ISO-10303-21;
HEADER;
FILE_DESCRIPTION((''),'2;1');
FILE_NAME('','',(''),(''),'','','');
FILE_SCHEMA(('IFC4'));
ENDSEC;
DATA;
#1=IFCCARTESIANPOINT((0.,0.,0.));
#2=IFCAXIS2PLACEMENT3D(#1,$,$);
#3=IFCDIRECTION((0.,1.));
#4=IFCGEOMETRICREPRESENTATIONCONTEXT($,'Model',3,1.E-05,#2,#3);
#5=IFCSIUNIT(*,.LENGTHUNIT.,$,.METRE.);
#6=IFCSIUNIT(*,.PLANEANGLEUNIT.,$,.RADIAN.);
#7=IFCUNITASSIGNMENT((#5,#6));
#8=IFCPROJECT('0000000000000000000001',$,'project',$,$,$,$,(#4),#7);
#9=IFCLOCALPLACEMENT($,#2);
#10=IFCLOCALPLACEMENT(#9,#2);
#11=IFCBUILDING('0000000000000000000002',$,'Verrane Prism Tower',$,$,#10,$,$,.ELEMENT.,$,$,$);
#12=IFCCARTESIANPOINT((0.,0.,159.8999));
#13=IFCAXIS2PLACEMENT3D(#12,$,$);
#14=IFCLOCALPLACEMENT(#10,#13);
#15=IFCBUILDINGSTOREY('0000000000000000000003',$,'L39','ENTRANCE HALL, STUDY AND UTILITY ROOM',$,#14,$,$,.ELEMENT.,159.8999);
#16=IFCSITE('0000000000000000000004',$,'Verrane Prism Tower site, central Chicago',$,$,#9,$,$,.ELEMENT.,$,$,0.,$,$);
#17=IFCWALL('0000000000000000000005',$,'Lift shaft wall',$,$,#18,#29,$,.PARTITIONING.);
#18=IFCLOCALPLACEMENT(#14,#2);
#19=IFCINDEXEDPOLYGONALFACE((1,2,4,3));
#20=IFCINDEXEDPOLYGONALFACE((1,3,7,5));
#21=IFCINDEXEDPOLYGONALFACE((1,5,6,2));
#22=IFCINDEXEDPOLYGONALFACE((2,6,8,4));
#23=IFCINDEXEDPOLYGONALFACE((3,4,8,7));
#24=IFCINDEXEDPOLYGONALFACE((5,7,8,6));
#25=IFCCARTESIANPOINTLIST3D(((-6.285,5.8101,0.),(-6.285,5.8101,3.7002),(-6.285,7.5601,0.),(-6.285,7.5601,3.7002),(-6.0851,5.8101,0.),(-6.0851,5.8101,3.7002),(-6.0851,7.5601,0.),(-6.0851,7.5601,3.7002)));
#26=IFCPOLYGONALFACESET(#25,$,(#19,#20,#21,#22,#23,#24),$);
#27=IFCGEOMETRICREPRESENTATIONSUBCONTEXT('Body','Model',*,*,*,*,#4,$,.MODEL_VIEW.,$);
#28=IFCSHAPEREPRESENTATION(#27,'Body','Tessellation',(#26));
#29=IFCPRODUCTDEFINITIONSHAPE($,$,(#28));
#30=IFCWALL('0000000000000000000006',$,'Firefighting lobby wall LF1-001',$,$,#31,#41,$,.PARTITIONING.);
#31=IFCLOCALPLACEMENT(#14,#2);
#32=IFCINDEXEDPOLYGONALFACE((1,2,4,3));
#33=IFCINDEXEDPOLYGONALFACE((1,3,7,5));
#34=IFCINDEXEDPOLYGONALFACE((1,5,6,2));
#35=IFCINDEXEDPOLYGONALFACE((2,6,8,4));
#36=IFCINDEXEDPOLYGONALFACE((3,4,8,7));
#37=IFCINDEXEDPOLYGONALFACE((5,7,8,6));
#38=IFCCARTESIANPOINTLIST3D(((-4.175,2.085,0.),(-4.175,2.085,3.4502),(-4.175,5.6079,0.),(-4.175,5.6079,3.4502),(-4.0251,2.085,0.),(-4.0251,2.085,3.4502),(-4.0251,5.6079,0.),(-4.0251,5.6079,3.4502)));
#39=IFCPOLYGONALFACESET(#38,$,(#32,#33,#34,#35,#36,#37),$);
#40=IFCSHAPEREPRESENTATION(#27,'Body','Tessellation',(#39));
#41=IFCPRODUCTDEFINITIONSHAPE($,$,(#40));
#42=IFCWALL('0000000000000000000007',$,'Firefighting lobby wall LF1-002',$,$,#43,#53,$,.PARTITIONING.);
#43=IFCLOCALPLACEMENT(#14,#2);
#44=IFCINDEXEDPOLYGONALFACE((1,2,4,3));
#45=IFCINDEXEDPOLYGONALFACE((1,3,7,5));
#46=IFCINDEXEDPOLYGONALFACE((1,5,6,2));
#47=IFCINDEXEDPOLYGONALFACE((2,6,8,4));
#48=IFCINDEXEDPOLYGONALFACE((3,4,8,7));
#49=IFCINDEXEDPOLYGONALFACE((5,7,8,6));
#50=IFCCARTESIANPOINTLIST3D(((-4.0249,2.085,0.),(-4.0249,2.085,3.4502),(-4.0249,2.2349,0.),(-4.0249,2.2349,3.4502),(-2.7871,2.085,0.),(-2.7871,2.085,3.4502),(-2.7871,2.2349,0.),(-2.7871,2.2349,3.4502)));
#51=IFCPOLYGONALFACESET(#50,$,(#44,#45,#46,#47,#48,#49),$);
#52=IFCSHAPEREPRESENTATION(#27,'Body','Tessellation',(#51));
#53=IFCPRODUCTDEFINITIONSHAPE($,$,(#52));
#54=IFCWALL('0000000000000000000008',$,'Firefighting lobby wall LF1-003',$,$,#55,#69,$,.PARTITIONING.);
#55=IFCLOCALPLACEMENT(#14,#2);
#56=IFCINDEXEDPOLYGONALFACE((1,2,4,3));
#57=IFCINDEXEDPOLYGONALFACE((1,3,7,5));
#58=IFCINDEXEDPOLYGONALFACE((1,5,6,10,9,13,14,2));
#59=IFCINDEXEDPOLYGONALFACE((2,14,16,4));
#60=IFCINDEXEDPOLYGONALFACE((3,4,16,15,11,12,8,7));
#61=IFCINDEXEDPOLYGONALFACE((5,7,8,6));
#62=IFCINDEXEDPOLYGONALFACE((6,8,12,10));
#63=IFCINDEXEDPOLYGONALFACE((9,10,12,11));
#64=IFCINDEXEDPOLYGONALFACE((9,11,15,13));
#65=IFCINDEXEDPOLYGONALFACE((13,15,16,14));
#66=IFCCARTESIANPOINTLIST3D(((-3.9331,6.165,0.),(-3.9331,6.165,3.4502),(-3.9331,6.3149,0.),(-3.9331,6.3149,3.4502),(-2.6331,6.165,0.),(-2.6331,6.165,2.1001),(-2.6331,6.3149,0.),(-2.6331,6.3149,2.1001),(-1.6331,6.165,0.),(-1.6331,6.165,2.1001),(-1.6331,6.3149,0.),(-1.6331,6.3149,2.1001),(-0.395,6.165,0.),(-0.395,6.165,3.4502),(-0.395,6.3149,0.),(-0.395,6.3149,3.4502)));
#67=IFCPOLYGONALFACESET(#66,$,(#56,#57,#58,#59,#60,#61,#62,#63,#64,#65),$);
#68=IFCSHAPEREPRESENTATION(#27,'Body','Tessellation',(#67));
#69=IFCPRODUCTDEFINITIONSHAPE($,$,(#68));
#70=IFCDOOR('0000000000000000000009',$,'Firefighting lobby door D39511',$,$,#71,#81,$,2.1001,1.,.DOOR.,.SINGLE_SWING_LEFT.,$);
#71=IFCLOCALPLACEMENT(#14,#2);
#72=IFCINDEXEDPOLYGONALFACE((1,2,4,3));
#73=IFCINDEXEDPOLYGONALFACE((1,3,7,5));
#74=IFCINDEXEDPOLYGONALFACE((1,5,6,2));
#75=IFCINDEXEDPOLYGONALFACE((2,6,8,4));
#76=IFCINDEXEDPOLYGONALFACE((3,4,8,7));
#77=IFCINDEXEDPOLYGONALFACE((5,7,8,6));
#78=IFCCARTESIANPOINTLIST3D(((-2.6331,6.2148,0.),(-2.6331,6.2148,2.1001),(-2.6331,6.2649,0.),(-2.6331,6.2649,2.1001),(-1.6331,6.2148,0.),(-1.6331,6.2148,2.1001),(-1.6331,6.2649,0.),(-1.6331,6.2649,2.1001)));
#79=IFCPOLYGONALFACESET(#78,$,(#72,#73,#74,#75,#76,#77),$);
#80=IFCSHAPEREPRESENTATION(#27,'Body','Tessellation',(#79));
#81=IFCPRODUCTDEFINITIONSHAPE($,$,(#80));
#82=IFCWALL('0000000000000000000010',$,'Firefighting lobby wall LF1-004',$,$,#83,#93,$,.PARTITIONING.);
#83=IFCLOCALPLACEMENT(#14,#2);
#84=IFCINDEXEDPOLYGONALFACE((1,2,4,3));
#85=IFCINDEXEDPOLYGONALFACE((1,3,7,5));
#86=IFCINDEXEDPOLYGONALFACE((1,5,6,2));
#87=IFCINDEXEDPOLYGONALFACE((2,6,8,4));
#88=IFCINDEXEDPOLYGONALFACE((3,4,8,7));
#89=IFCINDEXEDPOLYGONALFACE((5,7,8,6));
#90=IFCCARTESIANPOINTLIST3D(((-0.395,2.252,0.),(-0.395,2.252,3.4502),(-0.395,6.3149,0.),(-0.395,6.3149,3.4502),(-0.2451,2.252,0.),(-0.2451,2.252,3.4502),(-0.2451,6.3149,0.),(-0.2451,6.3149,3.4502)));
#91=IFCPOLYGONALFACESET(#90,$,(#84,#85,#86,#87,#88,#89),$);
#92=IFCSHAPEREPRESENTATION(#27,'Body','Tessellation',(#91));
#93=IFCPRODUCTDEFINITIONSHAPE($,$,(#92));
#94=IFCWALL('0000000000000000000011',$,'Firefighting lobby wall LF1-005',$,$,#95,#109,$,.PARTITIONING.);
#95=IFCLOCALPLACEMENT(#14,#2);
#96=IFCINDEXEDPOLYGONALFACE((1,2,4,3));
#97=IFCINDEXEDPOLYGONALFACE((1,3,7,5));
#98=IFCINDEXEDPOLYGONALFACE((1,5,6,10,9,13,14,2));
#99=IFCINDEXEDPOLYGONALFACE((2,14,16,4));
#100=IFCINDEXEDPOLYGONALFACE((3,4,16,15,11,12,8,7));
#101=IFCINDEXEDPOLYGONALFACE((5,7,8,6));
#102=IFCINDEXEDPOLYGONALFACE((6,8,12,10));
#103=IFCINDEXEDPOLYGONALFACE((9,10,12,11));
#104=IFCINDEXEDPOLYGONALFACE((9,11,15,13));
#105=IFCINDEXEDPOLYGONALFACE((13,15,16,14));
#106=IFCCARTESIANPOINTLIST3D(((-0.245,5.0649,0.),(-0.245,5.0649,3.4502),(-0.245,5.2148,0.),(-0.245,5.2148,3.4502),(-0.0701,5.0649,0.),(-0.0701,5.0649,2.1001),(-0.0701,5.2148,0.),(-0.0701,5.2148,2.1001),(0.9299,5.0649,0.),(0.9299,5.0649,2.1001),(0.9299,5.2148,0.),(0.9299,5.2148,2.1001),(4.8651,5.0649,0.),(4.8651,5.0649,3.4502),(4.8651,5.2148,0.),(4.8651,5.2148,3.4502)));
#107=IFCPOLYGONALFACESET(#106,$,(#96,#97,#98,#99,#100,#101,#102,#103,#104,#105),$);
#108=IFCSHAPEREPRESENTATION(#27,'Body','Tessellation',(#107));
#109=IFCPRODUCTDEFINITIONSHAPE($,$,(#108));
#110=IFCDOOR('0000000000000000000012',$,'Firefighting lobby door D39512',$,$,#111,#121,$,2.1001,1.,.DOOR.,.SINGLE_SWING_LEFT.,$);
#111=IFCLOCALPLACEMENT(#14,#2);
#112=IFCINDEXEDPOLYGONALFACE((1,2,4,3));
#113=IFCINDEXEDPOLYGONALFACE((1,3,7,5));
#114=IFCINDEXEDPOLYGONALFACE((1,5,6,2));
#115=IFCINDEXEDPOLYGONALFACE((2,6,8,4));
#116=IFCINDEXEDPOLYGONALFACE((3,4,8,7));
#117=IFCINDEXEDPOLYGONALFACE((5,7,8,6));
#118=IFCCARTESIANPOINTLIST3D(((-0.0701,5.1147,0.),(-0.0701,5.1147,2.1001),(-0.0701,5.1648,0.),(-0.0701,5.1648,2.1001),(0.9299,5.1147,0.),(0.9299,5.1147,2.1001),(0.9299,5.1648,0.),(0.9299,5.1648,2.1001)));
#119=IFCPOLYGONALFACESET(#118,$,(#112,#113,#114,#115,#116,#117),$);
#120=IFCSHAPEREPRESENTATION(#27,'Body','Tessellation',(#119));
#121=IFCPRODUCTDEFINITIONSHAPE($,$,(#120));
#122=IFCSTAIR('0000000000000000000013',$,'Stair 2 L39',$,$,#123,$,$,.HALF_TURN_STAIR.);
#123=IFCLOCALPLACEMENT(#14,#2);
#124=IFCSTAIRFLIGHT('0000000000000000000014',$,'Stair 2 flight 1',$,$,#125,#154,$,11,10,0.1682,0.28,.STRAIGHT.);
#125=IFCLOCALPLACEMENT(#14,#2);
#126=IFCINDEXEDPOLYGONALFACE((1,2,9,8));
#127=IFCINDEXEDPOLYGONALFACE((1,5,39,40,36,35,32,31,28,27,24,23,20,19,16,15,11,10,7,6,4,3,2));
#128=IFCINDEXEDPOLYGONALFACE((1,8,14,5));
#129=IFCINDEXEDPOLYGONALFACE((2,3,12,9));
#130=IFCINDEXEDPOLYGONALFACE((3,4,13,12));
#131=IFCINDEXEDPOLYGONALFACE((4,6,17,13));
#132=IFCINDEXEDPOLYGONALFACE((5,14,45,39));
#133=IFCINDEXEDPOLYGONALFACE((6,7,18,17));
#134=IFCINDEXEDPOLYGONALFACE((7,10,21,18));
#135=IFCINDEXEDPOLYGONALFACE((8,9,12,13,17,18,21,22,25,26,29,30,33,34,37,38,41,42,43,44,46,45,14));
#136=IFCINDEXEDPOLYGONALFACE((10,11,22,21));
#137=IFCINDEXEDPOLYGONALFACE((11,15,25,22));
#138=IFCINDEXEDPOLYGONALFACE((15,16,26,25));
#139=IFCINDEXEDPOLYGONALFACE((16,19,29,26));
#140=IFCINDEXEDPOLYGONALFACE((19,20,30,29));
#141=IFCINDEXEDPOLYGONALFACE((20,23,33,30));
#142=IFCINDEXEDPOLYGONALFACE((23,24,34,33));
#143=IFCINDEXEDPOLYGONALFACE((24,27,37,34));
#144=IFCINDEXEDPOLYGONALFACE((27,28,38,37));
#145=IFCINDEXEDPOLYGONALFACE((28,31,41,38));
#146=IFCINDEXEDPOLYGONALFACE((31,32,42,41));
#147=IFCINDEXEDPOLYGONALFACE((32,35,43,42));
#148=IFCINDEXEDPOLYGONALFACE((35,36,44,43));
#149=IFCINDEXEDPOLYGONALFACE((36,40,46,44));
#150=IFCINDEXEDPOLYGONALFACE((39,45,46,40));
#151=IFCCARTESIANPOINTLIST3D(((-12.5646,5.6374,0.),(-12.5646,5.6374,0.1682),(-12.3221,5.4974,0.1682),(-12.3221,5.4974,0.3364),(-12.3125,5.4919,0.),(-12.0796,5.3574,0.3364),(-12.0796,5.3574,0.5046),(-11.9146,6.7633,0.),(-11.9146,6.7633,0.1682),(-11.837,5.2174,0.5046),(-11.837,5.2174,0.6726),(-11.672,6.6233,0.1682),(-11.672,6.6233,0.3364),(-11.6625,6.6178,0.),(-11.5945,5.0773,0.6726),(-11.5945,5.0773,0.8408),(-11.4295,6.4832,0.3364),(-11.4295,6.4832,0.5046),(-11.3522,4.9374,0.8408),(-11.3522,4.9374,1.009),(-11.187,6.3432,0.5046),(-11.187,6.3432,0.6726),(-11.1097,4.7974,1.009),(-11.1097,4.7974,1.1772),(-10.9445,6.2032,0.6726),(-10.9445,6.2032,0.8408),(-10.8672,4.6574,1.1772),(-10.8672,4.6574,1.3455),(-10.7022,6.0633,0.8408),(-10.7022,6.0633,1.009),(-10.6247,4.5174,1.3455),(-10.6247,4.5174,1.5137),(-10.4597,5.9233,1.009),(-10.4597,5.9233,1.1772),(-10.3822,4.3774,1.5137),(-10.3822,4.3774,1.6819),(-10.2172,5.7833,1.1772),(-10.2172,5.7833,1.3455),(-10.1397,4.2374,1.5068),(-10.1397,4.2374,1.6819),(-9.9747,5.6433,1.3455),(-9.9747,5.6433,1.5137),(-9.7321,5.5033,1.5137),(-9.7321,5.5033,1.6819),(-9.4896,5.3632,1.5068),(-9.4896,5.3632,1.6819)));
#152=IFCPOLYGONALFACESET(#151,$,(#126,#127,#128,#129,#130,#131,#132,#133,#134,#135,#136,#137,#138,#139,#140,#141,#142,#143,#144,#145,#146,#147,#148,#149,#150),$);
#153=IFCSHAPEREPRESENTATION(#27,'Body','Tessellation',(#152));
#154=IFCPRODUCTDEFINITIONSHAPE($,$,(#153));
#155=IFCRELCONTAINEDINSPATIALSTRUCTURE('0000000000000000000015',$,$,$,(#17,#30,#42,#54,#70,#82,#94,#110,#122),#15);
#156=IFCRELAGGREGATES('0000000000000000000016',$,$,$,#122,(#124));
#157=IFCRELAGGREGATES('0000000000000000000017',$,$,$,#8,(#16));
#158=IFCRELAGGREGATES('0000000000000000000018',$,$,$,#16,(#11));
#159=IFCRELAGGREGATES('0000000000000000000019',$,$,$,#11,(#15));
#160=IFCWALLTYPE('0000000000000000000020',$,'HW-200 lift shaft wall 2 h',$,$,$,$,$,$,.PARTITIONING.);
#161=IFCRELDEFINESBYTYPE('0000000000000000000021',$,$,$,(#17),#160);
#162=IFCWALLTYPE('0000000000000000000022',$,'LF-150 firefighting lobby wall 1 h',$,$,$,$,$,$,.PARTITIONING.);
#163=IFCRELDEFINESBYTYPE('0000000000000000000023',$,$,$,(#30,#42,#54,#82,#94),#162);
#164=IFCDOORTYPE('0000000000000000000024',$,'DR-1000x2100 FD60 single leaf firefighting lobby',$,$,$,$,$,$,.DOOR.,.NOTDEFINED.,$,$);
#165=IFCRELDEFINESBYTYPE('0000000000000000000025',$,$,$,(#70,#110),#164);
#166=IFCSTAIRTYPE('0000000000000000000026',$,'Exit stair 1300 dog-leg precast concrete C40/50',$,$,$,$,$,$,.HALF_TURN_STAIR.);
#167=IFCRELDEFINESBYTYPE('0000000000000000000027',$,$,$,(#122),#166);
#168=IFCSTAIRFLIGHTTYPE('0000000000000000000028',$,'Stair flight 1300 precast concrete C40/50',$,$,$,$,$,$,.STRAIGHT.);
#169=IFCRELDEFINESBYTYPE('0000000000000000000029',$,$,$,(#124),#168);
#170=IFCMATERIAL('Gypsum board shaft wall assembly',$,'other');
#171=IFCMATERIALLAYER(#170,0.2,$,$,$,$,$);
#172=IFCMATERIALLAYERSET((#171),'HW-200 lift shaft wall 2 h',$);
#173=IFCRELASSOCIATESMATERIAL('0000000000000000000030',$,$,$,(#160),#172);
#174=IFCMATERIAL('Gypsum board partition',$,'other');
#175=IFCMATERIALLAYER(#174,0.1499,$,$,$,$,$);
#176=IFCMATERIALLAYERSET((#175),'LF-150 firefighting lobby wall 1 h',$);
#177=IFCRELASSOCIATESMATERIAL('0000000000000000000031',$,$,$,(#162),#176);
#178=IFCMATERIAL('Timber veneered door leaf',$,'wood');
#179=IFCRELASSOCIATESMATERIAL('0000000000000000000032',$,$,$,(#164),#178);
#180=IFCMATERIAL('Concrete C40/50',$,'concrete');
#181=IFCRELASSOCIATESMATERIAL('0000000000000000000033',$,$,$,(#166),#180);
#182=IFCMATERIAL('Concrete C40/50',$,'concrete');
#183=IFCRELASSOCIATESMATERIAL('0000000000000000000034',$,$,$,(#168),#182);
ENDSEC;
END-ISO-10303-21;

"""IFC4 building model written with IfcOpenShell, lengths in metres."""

from ifc_helpers import new_model, si_unit, direction, frame, frame_2d, origin, place, context, subcontext, project, spatial, polyline, rectangle, outline, extrude, material, layer, layer_set, type_object, element, fill, aggregate, save


model = new_model("IFC4")

# Units and contexts
model_context = context("Model", 3, precision=1e-05, world=origin(), true_north=direction((0.0, 1.0)))
body_context = subcontext(model_context, "Body", "Model", "MODEL_VIEW")
ifc_project = project(units=[si_unit("LENGTHUNIT", "METRE"), si_unit("PLANEANGLEUNIT", "RADIAN")], contexts=[model_context])

# Site, building, storey
site_placement = place(None, origin())
site = spatial("IfcSite", under=ifc_project, at=site_placement, Name="Verrane Prism Tower site, central Chicago", CompositionType="ELEMENT", RefElevation=0.0)
building_placement = place(site_placement, origin())
building = spatial("IfcBuilding", under=site, at=building_placement, Name="Verrane Prism Tower", CompositionType="ELEMENT")
storey_placement = place(building_placement, frame((0.0, 0.0, 159.8999)))
storey = spatial("IfcBuildingStorey", under=building, at=storey_placement, Name="L39", Description="ENTRANCE HALL, STUDY AND UTILITY ROOM", CompositionType="ELEMENT", Elevation=159.8999)

# Shared definitions
ifc_material_1 = material(Name="Gypsum board shaft wall assembly", Category="other")
ifc_layer_1 = layer(ifc_material_1, 0.2)
ifc_layer_set_1 = layer_set([ifc_layer_1], Name="HW-200 lift shaft wall 2 h")
wall_type_1 = type_object("IfcWallType", Name="HW-200 lift shaft wall 2 h", PredefinedType="PARTITIONING", material=ifc_layer_set_1)

# Walls
for number, where, z_axis, x_axis, name in (
    (1, (-6.1851, 5.8101, 0.0), (0.0, 0.0, 1.0), (0.0, 1.0, 0.0), "Lift shaft wall"),
):
    element("IfcWall", number, at=place(storey_placement, frame(where, z_axis=z_axis, x_axis=x_axis)), inside=storey, type_object=wall_type_1, Name=name, PredefinedType="PARTITIONING", context=body_context, shape_type="SweptSolid", body=[
        extrude(rectangle(XDim=1.75, YDim=0.2, at=frame_2d((0.875, 0.0))), origin(), (0.0, 0.0, 1.0), 3.7002),
    ])
ifc_material_2 = material(Name="Gypsum board partition", Category="other")
ifc_layer_2 = layer(ifc_material_2, 0.1499)
ifc_layer_set_2 = layer_set([ifc_layer_2], Name="LF-150 firefighting lobby wall 1 h")
wall_type_2 = type_object("IfcWallType", Name="LF-150 firefighting lobby wall 1 h", PredefinedType="PARTITIONING", material=ifc_layer_set_2)
wall_1_placement = place(storey_placement, frame((-4.1001, 2.085, 0.0), z_axis=(0.0, 0.0, 1.0), x_axis=(0.0, 1.0, 0.0)))
element("IfcWall", 2, at=wall_1_placement, inside=storey, type_object=wall_type_2, Name="Firefighting lobby wall LF1-001", PredefinedType="PARTITIONING", context=body_context, shape_type="SweptSolid", body=[
    extrude(rectangle(XDim=3.5229, YDim=0.1499, at=frame_2d((1.7615, 0.0))), origin(), (0.0, 0.0, 1.0), 3.4502),
])
wall_2_placement = place(storey_placement, frame((-4.0249, 2.1599, 0.0), z_axis=(0.0, 0.0, 1.0), x_axis=(1.0, 0.0, 0.0)))
element("IfcWall", 3, at=wall_2_placement, inside=storey, type_object=wall_type_2, Name="Firefighting lobby wall LF1-002", PredefinedType="PARTITIONING", context=body_context, shape_type="SweptSolid", body=[
    extrude(rectangle(XDim=1.2378, YDim=0.1499, at=frame_2d((0.6189, 0.0))), origin(), (0.0, 0.0, 1.0), 3.4502),
])

# Wall, opening, door
wall_3_placement = place(storey_placement, frame((-3.9331, 6.24, 0.0), z_axis=(0.0, 0.0, 1.0), x_axis=(1.0, 0.0, 0.0)))
wall_3 = element("IfcWall", 4, at=wall_3_placement, inside=storey, type_object=wall_type_2, Name="Firefighting lobby wall LF1-003", PredefinedType="PARTITIONING", context=body_context, shape_type="SweptSolid", body=[
    extrude(rectangle(XDim=3.5381, YDim=0.1499, at=frame_2d((1.769, 0.0))), origin(), (0.0, 0.0, 1.0), 3.4502),
])
opening_1_placement = place(wall_3_placement, frame((1.3, 0.0, 0.0)))
opening_1 = element("IfcOpeningElement", 5, at=opening_1_placement, cuts=wall_3, PredefinedType="OPENING", context=body_context, shape_type="SweptSolid", body=[
    extrude(rectangle(XDim=1.0, YDim=2.1001, at=frame_2d((0.5, 1.05))), frame((0.0, 0.085, 0.0), z_axis=(0.0, -1.0, 0.0), x_axis=(1.0, 0.0, 0.0)), (0.0, 0.0, 1.0), 0.1699),
])
ifc_material_3 = material(Name="Timber veneered door leaf", Category="wood")
door_type_1 = type_object("IfcDoorType", Name="DR-1000x2100 FD60 single leaf firefighting lobby", OperationType="NOTDEFINED", PredefinedType="DOOR", material=ifc_material_3)
door_1_placement = place(opening_1_placement, origin())
door_1 = element("IfcDoor", 6, at=door_1_placement, inside=storey, type_object=door_type_1, Name="Firefighting lobby door D39511", OperationType="SINGLE_SWING_LEFT", OverallHeight=2.1001, OverallWidth=1.0, PredefinedType="DOOR", context=body_context, shape_type="SweptSolid", body=[
    extrude(rectangle(XDim=1.0, YDim=2.1001, at=frame_2d((0.5, 1.05))), frame((0.0, 0.0249, 0.0), z_axis=(0.0, -1.0, 0.0), x_axis=(1.0, 0.0, 0.0)), (0.0, 0.0, 1.0), 0.05),
])
fill(opening_1, door_1)

# Wall
wall_4_placement = place(storey_placement, frame((-0.3201, 2.252, 0.0), z_axis=(0.0, 0.0, 1.0), x_axis=(0.0, 1.0, 0.0)))
element("IfcWall", 7, at=wall_4_placement, inside=storey, type_object=wall_type_2, Name="Firefighting lobby wall LF1-004", PredefinedType="PARTITIONING", context=body_context, shape_type="SweptSolid", body=[
    extrude(rectangle(XDim=4.063, YDim=0.1499, at=frame_2d((2.0315, 0.0))), origin(), (0.0, 0.0, 1.0), 3.4502),
])

# Wall, opening, door
wall_5_placement = place(storey_placement, frame((-0.2451, 5.1399, 0.0), z_axis=(0.0, 0.0, 1.0), x_axis=(1.0, 0.0, 0.0)))
wall_5 = element("IfcWall", 8, at=wall_5_placement, inside=storey, type_object=wall_type_2, Name="Firefighting lobby wall LF1-005", PredefinedType="PARTITIONING", context=body_context, shape_type="SweptSolid", body=[
    extrude(rectangle(XDim=5.1101, YDim=0.1499, at=frame_2d((2.5552, 0.0))), origin(), (0.0, 0.0, 1.0), 3.4502),
])
opening_2_placement = place(wall_5_placement, frame((0.175, 0.0, 0.0)))
opening_2 = element("IfcOpeningElement", 9, at=opening_2_placement, cuts=wall_5, PredefinedType="OPENING", context=body_context, shape_type="SweptSolid", body=[
    extrude(rectangle(XDim=1.0, YDim=2.1001, at=frame_2d((0.5, 1.05))), frame((0.0, 0.085, 0.0), z_axis=(0.0, -1.0, 0.0), x_axis=(1.0, 0.0, 0.0)), (0.0, 0.0, 1.0), 0.1699),
])
door_2_placement = place(opening_2_placement, origin())
door_2 = element("IfcDoor", 10, at=door_2_placement, inside=storey, type_object=door_type_1, Name="Firefighting lobby door D39512", OperationType="SINGLE_SWING_LEFT", OverallHeight=2.1001, OverallWidth=1.0, PredefinedType="DOOR", context=body_context, shape_type="SweptSolid", body=[
    extrude(rectangle(XDim=1.0, YDim=2.1001, at=frame_2d((0.5, 1.05))), frame((0.0, 0.0249, 0.0), z_axis=(0.0, -1.0, 0.0), x_axis=(1.0, 0.0, 0.0)), (0.0, 0.0, 1.0), 0.05),
])
fill(opening_2, door_2)

# Stair, stair flight
ifc_material_4 = material(Name="Concrete C40/50", Category="concrete")
stair_type = type_object("IfcStairType", Name="Exit stair 1300 dog-leg precast concrete C40/50", PredefinedType="HALF_TURN_STAIR", material=ifc_material_4)
stair_placement = place(storey_placement, origin())
stair = element("IfcStair", 11, at=stair_placement, inside=storey, type_object=stair_type, Name="Stair 2 L39", PredefinedType="HALF_TURN_STAIR")
ifc_material_5 = material(Name="Concrete C40/50", Category="concrete")
stair_flight_type = type_object("IfcStairFlightType", Name="Stair flight 1300 precast concrete C40/50", PredefinedType="STRAIGHT", material=ifc_material_5)
stair_flight_1_placement = place(storey_placement, frame((-12.2395, 6.2004, 0.0), z_axis=(0.0, 0.0, 1.0), x_axis=(0.866025, -0.5, 0.0)))
stair_flight_1 = element("IfcStairFlight", 12, at=stair_flight_1_placement, type_object=stair_flight_type, Name="Stair 2 flight 1", NumberOfRisers=11, NumberOfTreads=10, PredefinedType="STRAIGHT", RiserHeight=0.1682, TreadLength=0.28, context=body_context, shape_type="SweptSolid", body=[
    extrude(outline(polyline([(0.0, 0.0), (0.0, 0.1682), (0.28, 0.1682), (0.28, 0.3364), (0.5601, 0.3364), (0.5601, 0.5046), (0.8401, 0.5046), (0.8401, 0.6726), (1.1201, 0.6726), (1.1201, 0.8408), (1.3999, 0.8408), (1.3999, 1.009), (1.6799, 1.009), (1.6799, 1.1772), (1.96, 1.1772), (1.96, 1.3455), (2.24, 1.3455), (2.24, 1.5137), (2.52, 1.5137), (2.52, 1.6819), (2.8, 1.6819), (2.8, 1.8501), (2.8, 1.5068), (0.291, 0.0), (0.0, 0.0)])), frame((0.0, 0.6499, 0.0), z_axis=(0.0, -1.0, 0.0), x_axis=(1.0, 0.0, 0.0)), (0.0, 0.0, 1.0), 1.3),
])
aggregate(stair, [stair_flight_1])

save(model, "model.ifc")
